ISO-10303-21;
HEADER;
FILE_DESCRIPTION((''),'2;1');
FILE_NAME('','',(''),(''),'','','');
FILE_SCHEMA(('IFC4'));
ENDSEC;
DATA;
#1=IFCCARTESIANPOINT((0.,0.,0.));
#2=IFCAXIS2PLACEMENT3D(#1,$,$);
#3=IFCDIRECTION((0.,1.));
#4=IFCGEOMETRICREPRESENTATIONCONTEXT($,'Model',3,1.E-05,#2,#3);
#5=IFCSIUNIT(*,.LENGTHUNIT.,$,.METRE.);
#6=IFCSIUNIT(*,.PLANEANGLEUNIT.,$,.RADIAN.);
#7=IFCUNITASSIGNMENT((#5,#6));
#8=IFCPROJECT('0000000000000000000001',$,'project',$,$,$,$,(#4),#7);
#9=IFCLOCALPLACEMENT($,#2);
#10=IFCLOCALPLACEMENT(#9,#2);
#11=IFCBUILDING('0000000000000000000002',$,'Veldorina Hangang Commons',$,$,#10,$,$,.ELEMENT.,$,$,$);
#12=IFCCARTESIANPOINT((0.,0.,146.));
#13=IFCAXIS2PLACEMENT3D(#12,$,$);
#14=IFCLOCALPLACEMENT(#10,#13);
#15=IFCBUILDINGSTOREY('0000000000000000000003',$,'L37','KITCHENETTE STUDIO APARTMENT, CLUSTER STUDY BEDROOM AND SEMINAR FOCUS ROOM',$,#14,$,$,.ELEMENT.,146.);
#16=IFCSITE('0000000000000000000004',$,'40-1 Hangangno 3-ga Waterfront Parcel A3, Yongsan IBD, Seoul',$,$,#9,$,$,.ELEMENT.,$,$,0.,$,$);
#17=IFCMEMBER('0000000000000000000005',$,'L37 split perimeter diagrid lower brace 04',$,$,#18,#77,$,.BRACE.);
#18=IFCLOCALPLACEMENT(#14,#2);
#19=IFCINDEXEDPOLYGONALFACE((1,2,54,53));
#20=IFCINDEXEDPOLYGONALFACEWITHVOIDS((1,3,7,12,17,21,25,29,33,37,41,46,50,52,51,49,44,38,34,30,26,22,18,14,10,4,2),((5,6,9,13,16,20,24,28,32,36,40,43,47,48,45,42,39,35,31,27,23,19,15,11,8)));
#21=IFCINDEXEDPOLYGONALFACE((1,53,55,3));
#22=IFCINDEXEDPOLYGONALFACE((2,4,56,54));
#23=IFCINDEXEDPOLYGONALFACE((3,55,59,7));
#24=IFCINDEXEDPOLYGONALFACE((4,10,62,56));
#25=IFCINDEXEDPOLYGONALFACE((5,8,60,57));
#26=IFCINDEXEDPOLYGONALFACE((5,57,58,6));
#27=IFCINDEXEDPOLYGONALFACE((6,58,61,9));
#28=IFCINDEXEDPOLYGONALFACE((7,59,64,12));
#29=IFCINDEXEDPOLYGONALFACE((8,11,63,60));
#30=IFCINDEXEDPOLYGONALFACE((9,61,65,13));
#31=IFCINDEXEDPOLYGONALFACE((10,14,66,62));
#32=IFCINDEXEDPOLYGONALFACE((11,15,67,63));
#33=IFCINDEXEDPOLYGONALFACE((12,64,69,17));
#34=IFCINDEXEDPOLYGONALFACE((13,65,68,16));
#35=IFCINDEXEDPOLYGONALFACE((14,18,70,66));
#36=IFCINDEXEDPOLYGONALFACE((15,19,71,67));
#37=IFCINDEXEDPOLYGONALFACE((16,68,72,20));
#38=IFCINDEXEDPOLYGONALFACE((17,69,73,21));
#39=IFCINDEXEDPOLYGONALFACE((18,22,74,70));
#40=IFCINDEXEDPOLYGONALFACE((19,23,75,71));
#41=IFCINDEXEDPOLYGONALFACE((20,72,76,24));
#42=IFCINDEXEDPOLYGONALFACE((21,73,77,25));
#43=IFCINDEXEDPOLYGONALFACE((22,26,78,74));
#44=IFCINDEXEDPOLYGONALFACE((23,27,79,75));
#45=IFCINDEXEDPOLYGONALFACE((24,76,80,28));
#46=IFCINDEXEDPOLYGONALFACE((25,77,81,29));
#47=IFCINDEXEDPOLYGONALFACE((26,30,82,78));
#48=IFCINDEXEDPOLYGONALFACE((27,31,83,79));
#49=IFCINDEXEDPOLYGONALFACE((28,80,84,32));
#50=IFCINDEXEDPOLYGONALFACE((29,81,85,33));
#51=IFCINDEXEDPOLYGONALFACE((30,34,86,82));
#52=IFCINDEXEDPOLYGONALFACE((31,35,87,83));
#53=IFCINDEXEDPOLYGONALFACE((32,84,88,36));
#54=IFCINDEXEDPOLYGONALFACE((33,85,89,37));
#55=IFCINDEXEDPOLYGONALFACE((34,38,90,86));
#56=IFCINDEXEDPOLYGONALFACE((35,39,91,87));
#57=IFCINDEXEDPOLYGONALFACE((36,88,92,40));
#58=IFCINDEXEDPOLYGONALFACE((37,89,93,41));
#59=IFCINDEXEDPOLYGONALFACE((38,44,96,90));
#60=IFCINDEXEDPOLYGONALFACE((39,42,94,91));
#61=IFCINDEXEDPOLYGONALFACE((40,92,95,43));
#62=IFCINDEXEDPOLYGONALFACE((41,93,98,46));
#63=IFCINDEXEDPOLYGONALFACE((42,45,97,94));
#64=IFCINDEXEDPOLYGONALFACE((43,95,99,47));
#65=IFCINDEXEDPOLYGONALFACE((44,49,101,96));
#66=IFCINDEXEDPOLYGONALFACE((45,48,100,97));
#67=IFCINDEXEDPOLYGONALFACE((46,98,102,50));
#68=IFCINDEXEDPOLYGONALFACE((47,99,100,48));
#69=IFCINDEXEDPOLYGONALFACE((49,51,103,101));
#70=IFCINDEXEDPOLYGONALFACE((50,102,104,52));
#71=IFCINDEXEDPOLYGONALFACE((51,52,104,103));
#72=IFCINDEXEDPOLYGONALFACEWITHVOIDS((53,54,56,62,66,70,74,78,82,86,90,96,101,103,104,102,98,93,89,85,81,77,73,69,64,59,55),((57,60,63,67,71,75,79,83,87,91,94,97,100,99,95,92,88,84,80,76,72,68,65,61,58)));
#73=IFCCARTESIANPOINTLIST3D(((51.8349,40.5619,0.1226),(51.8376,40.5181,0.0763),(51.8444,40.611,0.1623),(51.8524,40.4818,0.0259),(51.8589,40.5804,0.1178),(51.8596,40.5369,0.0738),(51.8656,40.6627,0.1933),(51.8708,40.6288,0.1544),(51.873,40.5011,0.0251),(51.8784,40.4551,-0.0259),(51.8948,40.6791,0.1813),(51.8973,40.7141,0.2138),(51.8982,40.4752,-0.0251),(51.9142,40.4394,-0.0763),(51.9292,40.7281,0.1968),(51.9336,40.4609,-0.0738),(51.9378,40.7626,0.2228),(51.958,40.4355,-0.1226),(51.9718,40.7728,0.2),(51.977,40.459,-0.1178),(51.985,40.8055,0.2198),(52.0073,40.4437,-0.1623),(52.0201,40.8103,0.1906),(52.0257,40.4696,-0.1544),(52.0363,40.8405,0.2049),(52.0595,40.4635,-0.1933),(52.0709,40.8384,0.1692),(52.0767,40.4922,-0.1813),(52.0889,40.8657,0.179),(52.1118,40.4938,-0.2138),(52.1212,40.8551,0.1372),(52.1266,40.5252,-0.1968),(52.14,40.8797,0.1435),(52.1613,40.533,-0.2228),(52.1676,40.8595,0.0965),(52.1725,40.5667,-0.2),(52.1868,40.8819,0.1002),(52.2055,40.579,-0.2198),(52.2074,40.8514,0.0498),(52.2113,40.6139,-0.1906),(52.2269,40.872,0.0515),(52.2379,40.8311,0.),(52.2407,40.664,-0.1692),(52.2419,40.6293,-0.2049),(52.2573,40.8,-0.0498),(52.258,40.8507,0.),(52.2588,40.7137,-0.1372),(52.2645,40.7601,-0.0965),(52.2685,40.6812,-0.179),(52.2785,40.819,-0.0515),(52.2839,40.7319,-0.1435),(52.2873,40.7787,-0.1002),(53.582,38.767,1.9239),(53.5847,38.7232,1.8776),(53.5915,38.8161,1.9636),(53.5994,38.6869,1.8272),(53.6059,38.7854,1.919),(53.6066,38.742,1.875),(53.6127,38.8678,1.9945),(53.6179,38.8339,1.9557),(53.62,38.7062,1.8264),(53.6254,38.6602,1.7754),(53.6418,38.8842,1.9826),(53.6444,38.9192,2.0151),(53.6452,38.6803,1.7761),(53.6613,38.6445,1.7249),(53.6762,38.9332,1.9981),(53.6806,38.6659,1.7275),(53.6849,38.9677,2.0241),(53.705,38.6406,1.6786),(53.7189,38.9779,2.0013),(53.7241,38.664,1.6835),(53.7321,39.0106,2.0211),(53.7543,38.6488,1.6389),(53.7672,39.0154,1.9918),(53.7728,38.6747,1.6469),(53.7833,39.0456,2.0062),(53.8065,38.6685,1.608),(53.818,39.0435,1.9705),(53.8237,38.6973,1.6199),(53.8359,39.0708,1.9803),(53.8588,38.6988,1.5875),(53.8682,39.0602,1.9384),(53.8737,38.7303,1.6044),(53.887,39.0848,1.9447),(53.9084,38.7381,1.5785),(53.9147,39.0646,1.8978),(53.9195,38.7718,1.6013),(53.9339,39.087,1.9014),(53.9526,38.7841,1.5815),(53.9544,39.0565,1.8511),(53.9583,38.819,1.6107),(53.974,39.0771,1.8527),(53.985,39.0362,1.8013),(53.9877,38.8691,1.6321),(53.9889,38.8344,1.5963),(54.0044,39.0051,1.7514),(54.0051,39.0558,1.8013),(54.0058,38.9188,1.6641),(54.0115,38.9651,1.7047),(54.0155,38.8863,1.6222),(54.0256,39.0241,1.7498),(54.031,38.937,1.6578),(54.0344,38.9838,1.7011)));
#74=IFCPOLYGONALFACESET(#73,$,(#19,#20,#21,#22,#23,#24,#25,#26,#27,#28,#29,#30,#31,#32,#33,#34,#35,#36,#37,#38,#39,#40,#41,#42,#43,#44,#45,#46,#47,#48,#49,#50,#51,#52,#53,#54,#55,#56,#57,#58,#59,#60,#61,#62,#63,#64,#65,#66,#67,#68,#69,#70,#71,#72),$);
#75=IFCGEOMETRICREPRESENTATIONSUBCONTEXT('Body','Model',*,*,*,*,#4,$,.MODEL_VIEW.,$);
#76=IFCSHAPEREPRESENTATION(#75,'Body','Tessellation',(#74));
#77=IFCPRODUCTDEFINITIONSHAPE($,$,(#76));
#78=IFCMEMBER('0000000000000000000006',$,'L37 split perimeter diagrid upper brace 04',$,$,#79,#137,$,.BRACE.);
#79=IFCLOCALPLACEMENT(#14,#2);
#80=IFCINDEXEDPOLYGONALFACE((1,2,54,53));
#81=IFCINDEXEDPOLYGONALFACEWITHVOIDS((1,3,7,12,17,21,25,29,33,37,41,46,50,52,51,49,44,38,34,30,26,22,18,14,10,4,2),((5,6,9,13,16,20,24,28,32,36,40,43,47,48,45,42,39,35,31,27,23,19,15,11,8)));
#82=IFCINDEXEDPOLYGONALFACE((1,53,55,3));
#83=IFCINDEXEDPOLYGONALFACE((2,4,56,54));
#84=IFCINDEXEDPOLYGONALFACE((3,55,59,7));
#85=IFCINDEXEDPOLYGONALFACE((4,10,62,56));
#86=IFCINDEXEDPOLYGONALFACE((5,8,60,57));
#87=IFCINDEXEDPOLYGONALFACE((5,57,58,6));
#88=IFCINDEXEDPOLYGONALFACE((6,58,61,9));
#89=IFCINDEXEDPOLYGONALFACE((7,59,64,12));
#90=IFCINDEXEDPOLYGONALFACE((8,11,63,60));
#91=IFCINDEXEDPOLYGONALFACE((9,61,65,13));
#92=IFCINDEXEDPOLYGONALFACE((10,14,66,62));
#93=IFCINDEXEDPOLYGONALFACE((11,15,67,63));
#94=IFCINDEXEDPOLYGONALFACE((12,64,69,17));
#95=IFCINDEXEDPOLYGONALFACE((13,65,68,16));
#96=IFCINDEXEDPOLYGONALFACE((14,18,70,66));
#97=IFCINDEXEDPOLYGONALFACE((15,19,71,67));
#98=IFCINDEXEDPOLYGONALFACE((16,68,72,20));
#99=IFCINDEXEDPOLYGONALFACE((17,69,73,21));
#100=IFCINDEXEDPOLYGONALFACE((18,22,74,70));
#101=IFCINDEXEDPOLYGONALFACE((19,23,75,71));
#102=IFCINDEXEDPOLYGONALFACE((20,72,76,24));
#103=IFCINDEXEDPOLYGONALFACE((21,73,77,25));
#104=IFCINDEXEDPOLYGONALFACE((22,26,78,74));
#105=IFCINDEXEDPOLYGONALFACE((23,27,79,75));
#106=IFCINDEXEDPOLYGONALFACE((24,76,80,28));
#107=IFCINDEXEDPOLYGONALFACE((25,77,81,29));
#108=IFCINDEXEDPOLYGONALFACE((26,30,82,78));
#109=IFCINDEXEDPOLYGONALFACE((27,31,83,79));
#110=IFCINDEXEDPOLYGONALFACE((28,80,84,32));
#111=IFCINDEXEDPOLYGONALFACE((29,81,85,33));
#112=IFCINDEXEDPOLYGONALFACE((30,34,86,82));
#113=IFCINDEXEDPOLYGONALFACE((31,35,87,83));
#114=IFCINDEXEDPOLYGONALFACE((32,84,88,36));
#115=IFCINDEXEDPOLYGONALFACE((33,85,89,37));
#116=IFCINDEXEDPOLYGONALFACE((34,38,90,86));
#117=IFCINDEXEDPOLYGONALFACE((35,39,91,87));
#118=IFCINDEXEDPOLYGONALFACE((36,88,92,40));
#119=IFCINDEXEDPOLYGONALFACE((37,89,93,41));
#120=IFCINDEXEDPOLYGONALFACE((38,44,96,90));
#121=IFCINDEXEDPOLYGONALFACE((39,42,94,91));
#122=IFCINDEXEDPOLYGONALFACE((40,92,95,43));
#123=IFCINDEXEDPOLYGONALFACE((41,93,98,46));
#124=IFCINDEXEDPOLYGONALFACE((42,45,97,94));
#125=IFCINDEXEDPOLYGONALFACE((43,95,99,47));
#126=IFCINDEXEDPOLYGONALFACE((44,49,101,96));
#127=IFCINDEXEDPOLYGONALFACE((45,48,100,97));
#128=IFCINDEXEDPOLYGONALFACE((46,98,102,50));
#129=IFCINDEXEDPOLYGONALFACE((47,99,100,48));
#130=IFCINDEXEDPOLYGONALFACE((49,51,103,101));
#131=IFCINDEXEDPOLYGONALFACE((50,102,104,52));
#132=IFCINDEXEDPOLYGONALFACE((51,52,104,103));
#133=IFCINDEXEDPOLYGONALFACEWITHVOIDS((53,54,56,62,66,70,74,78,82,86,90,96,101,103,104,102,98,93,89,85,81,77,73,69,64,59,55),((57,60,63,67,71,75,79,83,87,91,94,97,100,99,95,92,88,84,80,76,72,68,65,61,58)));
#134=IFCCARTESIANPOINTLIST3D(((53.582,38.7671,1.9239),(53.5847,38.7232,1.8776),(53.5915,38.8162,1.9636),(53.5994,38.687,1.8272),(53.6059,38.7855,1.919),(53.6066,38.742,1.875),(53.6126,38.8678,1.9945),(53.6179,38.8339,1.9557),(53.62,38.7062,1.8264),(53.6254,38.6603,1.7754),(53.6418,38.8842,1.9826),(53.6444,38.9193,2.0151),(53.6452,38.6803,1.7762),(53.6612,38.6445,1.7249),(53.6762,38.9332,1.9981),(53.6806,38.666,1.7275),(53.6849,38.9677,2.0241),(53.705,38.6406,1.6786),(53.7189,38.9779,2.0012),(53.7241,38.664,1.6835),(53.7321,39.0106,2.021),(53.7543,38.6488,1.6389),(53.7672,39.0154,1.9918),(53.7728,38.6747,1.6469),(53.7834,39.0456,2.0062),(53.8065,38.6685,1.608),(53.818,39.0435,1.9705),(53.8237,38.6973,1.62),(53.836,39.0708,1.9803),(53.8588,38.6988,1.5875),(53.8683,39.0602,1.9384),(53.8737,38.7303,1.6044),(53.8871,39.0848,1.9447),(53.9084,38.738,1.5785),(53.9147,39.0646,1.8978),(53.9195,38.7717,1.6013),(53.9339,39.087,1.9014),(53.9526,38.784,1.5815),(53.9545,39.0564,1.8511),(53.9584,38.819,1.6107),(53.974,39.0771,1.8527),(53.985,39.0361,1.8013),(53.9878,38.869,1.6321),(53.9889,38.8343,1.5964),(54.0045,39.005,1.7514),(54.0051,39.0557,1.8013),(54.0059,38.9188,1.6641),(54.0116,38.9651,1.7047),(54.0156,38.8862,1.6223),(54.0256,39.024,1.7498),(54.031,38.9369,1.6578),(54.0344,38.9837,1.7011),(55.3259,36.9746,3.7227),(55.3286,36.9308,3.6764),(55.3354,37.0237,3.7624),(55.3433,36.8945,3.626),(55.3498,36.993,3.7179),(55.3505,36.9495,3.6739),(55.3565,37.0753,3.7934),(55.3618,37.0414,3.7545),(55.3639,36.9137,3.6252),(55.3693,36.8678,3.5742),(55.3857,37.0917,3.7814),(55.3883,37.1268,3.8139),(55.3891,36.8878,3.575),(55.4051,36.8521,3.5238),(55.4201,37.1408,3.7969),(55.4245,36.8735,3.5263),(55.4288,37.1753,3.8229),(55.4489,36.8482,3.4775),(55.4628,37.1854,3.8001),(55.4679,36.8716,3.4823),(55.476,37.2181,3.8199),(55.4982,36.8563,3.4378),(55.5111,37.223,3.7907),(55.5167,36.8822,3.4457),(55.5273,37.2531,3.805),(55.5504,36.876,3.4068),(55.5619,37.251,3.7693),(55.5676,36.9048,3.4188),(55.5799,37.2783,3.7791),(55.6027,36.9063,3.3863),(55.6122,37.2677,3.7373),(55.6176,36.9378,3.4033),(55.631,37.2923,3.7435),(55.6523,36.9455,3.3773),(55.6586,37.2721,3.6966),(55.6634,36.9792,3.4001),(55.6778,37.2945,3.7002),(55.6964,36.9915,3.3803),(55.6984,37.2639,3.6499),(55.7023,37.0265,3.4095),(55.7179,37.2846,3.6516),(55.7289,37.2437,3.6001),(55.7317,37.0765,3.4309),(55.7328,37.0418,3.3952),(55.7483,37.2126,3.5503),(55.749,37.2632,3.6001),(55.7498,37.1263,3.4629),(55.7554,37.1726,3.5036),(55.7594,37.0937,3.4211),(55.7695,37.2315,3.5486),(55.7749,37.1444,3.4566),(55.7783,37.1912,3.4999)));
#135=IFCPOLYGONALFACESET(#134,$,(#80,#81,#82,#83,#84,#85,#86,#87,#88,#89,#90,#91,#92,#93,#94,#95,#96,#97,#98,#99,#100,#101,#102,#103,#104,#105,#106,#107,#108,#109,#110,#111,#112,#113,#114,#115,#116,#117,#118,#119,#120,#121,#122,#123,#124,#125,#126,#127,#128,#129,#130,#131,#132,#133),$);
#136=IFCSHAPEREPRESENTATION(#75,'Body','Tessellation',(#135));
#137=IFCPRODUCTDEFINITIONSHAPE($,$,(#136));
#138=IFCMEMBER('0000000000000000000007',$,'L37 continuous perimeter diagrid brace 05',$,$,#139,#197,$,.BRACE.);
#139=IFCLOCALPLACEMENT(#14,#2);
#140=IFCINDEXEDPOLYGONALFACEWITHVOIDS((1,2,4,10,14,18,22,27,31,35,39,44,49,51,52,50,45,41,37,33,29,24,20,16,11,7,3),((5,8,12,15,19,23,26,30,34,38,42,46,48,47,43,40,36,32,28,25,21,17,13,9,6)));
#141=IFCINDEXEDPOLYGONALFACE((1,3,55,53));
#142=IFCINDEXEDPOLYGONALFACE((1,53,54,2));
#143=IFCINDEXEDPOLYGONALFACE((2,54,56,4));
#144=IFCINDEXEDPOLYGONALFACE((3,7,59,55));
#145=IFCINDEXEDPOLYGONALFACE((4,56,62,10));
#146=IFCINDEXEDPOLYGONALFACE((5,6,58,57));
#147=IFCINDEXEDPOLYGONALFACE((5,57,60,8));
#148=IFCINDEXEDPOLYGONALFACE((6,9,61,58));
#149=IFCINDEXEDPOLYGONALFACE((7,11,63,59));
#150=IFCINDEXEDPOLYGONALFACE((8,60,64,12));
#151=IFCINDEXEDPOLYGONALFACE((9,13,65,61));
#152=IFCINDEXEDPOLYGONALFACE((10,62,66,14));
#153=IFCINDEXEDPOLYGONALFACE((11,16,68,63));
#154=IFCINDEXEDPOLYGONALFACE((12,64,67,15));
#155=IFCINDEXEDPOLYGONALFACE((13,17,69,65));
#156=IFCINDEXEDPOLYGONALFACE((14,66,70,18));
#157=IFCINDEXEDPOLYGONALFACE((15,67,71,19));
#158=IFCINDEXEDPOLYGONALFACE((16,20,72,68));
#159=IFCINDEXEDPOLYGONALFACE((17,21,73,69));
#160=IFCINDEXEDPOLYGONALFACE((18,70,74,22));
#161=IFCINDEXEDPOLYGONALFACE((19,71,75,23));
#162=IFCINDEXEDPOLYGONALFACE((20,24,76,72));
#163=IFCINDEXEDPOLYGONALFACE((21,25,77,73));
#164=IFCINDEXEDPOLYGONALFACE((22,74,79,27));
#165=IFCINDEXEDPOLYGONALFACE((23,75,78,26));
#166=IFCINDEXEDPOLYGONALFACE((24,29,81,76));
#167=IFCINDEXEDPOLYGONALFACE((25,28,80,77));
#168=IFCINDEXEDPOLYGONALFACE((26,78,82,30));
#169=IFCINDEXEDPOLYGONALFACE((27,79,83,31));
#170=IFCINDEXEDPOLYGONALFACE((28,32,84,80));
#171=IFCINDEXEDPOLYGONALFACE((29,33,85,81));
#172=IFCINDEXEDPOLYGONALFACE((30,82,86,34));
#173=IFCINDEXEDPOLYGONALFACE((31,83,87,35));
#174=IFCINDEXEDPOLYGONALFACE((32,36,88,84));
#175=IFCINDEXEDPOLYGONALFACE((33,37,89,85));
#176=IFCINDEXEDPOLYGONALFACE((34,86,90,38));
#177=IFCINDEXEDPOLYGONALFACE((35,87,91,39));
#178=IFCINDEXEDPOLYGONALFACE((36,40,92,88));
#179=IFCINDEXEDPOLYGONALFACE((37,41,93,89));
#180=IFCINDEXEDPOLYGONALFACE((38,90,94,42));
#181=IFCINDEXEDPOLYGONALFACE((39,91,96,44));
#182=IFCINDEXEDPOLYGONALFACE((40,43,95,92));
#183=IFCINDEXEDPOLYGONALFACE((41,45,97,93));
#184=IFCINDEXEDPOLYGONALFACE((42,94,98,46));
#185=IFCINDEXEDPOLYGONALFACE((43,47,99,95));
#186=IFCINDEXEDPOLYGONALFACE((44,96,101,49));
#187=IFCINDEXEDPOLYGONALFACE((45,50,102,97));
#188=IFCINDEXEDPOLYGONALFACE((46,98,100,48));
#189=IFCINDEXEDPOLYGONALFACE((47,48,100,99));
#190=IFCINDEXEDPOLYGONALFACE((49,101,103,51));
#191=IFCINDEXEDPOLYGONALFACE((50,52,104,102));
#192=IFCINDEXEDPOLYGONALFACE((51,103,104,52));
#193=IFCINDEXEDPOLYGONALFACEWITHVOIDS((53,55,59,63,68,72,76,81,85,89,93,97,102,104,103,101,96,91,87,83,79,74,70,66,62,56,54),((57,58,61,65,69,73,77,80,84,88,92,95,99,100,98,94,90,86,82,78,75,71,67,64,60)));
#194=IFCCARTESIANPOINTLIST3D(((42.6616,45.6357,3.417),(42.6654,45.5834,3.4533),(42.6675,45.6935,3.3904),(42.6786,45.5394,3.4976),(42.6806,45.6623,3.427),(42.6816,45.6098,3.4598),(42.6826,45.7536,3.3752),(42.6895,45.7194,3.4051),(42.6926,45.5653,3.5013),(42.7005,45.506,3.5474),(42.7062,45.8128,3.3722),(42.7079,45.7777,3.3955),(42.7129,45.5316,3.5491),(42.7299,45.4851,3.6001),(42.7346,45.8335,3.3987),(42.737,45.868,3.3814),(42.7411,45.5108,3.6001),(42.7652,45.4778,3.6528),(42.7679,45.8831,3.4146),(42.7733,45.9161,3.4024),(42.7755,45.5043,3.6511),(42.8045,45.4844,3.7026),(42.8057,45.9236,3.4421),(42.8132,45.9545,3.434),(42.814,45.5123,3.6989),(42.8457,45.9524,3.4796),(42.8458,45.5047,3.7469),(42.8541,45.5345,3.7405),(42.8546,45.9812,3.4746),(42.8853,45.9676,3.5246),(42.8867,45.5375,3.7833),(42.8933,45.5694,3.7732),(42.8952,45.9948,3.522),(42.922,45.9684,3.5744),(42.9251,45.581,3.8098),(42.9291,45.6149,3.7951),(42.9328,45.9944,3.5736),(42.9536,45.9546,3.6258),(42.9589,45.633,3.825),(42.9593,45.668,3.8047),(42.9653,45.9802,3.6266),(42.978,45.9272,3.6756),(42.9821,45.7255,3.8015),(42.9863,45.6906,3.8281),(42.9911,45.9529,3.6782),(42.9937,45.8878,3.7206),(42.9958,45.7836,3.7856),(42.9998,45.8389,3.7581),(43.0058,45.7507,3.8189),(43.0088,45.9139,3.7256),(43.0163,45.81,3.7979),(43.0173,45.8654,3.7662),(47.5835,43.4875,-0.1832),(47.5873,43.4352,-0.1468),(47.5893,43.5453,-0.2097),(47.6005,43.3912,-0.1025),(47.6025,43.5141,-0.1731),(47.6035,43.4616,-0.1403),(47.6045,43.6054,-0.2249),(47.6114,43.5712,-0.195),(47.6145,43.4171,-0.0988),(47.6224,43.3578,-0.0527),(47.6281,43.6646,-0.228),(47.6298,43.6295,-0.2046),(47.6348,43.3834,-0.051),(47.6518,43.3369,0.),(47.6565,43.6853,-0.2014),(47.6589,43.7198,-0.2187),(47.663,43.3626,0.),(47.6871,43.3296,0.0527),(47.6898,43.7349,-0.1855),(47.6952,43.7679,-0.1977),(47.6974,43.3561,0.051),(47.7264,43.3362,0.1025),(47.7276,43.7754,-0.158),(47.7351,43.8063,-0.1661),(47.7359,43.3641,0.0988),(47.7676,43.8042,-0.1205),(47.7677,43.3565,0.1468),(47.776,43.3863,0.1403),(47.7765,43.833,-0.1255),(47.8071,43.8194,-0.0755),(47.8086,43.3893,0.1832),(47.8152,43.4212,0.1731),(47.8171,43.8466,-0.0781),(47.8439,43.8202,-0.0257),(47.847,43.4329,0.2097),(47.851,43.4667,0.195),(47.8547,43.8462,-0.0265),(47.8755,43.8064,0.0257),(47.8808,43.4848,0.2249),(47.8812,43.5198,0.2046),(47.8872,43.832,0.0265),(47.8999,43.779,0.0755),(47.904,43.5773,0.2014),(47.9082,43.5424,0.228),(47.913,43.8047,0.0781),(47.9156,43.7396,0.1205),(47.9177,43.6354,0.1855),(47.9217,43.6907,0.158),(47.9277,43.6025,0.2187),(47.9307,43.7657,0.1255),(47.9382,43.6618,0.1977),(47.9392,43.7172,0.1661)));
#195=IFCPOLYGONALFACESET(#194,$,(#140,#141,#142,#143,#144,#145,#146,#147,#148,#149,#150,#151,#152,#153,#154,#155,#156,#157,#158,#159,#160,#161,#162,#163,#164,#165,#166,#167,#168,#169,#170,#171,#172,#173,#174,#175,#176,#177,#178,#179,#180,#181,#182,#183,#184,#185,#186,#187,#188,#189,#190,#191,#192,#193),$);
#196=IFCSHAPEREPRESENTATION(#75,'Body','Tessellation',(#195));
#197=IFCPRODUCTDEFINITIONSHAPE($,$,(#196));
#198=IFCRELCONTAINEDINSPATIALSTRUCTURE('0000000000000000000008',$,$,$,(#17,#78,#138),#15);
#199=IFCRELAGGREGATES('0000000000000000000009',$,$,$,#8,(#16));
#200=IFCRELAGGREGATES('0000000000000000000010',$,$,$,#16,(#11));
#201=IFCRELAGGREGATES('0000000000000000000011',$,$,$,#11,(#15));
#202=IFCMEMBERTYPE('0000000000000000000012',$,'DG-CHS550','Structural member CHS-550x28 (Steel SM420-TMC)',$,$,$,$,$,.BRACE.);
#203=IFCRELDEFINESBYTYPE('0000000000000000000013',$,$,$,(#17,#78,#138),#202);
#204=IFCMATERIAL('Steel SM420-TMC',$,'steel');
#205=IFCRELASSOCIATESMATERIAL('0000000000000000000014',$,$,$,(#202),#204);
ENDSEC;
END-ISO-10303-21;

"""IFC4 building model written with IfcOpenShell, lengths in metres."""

from ifc_helpers import new_model, si_unit, direction, frame, origin, origin_2d, place, context, subcontext, project, spatial, hollow_circle, extrude, material, material_profile, profile_set, type_object, element, save


model = new_model("IFC4")

# Units and contexts
model_context = context("Model", 3, precision=1e-05, world=origin(), true_north=direction((0.0, 1.0)))
body_context = subcontext(model_context, "Body", "Model", "MODEL_VIEW")
ifc_project = project(units=[si_unit("LENGTHUNIT", "METRE"), si_unit("PLANEANGLEUNIT", "RADIAN")], contexts=[model_context])

# Site, building, storey
site_placement = place(None, origin())
site = spatial("IfcSite", under=ifc_project, at=site_placement, Name="40-1 Hangangno 3-ga Waterfront Parcel A3, Yongsan IBD, Seoul", CompositionType="ELEMENT", RefElevation=0.0)
building_placement = place(site_placement, origin())
building = spatial("IfcBuilding", under=site, at=building_placement, Name="Veldorina Hangang Commons", CompositionType="ELEMENT")
storey_placement = place(building_placement, frame((0.0, 0.0, 146.0)))
storey = spatial("IfcBuildingStorey", under=building, at=storey_placement, Name="L37", Description="KITCHENETTE STUDIO APARTMENT, CLUSTER STUDY BEDROOM AND SEMINAR FOCUS ROOM", CompositionType="ELEMENT", Elevation=146.0)

# Shared definitions
ifc_material_1 = material(Name="Steel SM420-TMC", Category="steel")

# Members
ifc_material_profile_1 = material_profile(ifc_material_1, hollow_circle(Radius=0.2749, WallThickness=0.0281, at=origin_2d()), Name="CHS-550x28")
ifc_profile_set_1 = profile_set([ifc_material_profile_1], Name="Steel SM420-TMC")
member_type = type_object("IfcMemberType", Name="DG-CHS550", Description="Structural member CHS-550x28 (Steel SM420-TMC)", PredefinedType="BRACE", material=ifc_profile_set_1)
member_1_placement = place(storey_placement, frame((52.061, 40.6589, 0.0), z_axis=(0.566271, -0.581781, 0.583839), x_axis=(0.716594, 0.69749, 0.0)))
element("IfcMember", 1, at=member_1_placement, inside=storey, type_object=member_type, Name="L37 split perimeter diagrid lower brace 04", PredefinedType="BRACE", context=body_context, shape_type="SweptSolid", body=[
    extrude(hollow_circle(Radius=0.2749, WallThickness=0.0281, at=origin_2d()), origin(), (0.0, 0.0, 1.0), 3.0852),
])
member_2_placement = place(storey_placement, frame((53.8081, 38.864, 1.8013), z_axis=(0.566094, -0.581866, 0.583926), x_axis=(0.716754, 0.697326, 0.0)))
element("IfcMember", 2, at=member_2_placement, inside=storey, type_object=member_type, Name="L37 split perimeter diagrid upper brace 04", PredefinedType="BRACE", context=body_context, shape_type="SweptSolid", body=[
    extrude(hollow_circle(Radius=0.2749, WallThickness=0.0281, at=origin_2d()), origin(), (0.0, 0.0, 1.0), 3.0806),
])
member_3_placement = place(storey_placement, frame((47.7617, 43.5889, 0.0), z_axis=(-0.761274, 0.332264, 0.556833), x_axis=(-0.400017, -0.916508, 0.0)))
element("IfcMember", 3, at=member_3_placement, inside=storey, type_object=member_type, Name="L37 continuous perimeter diagrid brace 05", PredefinedType="BRACE", context=body_context, shape_type="SweptSolid", body=[
    extrude(hollow_circle(Radius=0.2749, WallThickness=0.0281, at=origin_2d()), origin(), (0.0, 0.0, 1.0), 6.4653),
])

save(model, "model.ifc")
